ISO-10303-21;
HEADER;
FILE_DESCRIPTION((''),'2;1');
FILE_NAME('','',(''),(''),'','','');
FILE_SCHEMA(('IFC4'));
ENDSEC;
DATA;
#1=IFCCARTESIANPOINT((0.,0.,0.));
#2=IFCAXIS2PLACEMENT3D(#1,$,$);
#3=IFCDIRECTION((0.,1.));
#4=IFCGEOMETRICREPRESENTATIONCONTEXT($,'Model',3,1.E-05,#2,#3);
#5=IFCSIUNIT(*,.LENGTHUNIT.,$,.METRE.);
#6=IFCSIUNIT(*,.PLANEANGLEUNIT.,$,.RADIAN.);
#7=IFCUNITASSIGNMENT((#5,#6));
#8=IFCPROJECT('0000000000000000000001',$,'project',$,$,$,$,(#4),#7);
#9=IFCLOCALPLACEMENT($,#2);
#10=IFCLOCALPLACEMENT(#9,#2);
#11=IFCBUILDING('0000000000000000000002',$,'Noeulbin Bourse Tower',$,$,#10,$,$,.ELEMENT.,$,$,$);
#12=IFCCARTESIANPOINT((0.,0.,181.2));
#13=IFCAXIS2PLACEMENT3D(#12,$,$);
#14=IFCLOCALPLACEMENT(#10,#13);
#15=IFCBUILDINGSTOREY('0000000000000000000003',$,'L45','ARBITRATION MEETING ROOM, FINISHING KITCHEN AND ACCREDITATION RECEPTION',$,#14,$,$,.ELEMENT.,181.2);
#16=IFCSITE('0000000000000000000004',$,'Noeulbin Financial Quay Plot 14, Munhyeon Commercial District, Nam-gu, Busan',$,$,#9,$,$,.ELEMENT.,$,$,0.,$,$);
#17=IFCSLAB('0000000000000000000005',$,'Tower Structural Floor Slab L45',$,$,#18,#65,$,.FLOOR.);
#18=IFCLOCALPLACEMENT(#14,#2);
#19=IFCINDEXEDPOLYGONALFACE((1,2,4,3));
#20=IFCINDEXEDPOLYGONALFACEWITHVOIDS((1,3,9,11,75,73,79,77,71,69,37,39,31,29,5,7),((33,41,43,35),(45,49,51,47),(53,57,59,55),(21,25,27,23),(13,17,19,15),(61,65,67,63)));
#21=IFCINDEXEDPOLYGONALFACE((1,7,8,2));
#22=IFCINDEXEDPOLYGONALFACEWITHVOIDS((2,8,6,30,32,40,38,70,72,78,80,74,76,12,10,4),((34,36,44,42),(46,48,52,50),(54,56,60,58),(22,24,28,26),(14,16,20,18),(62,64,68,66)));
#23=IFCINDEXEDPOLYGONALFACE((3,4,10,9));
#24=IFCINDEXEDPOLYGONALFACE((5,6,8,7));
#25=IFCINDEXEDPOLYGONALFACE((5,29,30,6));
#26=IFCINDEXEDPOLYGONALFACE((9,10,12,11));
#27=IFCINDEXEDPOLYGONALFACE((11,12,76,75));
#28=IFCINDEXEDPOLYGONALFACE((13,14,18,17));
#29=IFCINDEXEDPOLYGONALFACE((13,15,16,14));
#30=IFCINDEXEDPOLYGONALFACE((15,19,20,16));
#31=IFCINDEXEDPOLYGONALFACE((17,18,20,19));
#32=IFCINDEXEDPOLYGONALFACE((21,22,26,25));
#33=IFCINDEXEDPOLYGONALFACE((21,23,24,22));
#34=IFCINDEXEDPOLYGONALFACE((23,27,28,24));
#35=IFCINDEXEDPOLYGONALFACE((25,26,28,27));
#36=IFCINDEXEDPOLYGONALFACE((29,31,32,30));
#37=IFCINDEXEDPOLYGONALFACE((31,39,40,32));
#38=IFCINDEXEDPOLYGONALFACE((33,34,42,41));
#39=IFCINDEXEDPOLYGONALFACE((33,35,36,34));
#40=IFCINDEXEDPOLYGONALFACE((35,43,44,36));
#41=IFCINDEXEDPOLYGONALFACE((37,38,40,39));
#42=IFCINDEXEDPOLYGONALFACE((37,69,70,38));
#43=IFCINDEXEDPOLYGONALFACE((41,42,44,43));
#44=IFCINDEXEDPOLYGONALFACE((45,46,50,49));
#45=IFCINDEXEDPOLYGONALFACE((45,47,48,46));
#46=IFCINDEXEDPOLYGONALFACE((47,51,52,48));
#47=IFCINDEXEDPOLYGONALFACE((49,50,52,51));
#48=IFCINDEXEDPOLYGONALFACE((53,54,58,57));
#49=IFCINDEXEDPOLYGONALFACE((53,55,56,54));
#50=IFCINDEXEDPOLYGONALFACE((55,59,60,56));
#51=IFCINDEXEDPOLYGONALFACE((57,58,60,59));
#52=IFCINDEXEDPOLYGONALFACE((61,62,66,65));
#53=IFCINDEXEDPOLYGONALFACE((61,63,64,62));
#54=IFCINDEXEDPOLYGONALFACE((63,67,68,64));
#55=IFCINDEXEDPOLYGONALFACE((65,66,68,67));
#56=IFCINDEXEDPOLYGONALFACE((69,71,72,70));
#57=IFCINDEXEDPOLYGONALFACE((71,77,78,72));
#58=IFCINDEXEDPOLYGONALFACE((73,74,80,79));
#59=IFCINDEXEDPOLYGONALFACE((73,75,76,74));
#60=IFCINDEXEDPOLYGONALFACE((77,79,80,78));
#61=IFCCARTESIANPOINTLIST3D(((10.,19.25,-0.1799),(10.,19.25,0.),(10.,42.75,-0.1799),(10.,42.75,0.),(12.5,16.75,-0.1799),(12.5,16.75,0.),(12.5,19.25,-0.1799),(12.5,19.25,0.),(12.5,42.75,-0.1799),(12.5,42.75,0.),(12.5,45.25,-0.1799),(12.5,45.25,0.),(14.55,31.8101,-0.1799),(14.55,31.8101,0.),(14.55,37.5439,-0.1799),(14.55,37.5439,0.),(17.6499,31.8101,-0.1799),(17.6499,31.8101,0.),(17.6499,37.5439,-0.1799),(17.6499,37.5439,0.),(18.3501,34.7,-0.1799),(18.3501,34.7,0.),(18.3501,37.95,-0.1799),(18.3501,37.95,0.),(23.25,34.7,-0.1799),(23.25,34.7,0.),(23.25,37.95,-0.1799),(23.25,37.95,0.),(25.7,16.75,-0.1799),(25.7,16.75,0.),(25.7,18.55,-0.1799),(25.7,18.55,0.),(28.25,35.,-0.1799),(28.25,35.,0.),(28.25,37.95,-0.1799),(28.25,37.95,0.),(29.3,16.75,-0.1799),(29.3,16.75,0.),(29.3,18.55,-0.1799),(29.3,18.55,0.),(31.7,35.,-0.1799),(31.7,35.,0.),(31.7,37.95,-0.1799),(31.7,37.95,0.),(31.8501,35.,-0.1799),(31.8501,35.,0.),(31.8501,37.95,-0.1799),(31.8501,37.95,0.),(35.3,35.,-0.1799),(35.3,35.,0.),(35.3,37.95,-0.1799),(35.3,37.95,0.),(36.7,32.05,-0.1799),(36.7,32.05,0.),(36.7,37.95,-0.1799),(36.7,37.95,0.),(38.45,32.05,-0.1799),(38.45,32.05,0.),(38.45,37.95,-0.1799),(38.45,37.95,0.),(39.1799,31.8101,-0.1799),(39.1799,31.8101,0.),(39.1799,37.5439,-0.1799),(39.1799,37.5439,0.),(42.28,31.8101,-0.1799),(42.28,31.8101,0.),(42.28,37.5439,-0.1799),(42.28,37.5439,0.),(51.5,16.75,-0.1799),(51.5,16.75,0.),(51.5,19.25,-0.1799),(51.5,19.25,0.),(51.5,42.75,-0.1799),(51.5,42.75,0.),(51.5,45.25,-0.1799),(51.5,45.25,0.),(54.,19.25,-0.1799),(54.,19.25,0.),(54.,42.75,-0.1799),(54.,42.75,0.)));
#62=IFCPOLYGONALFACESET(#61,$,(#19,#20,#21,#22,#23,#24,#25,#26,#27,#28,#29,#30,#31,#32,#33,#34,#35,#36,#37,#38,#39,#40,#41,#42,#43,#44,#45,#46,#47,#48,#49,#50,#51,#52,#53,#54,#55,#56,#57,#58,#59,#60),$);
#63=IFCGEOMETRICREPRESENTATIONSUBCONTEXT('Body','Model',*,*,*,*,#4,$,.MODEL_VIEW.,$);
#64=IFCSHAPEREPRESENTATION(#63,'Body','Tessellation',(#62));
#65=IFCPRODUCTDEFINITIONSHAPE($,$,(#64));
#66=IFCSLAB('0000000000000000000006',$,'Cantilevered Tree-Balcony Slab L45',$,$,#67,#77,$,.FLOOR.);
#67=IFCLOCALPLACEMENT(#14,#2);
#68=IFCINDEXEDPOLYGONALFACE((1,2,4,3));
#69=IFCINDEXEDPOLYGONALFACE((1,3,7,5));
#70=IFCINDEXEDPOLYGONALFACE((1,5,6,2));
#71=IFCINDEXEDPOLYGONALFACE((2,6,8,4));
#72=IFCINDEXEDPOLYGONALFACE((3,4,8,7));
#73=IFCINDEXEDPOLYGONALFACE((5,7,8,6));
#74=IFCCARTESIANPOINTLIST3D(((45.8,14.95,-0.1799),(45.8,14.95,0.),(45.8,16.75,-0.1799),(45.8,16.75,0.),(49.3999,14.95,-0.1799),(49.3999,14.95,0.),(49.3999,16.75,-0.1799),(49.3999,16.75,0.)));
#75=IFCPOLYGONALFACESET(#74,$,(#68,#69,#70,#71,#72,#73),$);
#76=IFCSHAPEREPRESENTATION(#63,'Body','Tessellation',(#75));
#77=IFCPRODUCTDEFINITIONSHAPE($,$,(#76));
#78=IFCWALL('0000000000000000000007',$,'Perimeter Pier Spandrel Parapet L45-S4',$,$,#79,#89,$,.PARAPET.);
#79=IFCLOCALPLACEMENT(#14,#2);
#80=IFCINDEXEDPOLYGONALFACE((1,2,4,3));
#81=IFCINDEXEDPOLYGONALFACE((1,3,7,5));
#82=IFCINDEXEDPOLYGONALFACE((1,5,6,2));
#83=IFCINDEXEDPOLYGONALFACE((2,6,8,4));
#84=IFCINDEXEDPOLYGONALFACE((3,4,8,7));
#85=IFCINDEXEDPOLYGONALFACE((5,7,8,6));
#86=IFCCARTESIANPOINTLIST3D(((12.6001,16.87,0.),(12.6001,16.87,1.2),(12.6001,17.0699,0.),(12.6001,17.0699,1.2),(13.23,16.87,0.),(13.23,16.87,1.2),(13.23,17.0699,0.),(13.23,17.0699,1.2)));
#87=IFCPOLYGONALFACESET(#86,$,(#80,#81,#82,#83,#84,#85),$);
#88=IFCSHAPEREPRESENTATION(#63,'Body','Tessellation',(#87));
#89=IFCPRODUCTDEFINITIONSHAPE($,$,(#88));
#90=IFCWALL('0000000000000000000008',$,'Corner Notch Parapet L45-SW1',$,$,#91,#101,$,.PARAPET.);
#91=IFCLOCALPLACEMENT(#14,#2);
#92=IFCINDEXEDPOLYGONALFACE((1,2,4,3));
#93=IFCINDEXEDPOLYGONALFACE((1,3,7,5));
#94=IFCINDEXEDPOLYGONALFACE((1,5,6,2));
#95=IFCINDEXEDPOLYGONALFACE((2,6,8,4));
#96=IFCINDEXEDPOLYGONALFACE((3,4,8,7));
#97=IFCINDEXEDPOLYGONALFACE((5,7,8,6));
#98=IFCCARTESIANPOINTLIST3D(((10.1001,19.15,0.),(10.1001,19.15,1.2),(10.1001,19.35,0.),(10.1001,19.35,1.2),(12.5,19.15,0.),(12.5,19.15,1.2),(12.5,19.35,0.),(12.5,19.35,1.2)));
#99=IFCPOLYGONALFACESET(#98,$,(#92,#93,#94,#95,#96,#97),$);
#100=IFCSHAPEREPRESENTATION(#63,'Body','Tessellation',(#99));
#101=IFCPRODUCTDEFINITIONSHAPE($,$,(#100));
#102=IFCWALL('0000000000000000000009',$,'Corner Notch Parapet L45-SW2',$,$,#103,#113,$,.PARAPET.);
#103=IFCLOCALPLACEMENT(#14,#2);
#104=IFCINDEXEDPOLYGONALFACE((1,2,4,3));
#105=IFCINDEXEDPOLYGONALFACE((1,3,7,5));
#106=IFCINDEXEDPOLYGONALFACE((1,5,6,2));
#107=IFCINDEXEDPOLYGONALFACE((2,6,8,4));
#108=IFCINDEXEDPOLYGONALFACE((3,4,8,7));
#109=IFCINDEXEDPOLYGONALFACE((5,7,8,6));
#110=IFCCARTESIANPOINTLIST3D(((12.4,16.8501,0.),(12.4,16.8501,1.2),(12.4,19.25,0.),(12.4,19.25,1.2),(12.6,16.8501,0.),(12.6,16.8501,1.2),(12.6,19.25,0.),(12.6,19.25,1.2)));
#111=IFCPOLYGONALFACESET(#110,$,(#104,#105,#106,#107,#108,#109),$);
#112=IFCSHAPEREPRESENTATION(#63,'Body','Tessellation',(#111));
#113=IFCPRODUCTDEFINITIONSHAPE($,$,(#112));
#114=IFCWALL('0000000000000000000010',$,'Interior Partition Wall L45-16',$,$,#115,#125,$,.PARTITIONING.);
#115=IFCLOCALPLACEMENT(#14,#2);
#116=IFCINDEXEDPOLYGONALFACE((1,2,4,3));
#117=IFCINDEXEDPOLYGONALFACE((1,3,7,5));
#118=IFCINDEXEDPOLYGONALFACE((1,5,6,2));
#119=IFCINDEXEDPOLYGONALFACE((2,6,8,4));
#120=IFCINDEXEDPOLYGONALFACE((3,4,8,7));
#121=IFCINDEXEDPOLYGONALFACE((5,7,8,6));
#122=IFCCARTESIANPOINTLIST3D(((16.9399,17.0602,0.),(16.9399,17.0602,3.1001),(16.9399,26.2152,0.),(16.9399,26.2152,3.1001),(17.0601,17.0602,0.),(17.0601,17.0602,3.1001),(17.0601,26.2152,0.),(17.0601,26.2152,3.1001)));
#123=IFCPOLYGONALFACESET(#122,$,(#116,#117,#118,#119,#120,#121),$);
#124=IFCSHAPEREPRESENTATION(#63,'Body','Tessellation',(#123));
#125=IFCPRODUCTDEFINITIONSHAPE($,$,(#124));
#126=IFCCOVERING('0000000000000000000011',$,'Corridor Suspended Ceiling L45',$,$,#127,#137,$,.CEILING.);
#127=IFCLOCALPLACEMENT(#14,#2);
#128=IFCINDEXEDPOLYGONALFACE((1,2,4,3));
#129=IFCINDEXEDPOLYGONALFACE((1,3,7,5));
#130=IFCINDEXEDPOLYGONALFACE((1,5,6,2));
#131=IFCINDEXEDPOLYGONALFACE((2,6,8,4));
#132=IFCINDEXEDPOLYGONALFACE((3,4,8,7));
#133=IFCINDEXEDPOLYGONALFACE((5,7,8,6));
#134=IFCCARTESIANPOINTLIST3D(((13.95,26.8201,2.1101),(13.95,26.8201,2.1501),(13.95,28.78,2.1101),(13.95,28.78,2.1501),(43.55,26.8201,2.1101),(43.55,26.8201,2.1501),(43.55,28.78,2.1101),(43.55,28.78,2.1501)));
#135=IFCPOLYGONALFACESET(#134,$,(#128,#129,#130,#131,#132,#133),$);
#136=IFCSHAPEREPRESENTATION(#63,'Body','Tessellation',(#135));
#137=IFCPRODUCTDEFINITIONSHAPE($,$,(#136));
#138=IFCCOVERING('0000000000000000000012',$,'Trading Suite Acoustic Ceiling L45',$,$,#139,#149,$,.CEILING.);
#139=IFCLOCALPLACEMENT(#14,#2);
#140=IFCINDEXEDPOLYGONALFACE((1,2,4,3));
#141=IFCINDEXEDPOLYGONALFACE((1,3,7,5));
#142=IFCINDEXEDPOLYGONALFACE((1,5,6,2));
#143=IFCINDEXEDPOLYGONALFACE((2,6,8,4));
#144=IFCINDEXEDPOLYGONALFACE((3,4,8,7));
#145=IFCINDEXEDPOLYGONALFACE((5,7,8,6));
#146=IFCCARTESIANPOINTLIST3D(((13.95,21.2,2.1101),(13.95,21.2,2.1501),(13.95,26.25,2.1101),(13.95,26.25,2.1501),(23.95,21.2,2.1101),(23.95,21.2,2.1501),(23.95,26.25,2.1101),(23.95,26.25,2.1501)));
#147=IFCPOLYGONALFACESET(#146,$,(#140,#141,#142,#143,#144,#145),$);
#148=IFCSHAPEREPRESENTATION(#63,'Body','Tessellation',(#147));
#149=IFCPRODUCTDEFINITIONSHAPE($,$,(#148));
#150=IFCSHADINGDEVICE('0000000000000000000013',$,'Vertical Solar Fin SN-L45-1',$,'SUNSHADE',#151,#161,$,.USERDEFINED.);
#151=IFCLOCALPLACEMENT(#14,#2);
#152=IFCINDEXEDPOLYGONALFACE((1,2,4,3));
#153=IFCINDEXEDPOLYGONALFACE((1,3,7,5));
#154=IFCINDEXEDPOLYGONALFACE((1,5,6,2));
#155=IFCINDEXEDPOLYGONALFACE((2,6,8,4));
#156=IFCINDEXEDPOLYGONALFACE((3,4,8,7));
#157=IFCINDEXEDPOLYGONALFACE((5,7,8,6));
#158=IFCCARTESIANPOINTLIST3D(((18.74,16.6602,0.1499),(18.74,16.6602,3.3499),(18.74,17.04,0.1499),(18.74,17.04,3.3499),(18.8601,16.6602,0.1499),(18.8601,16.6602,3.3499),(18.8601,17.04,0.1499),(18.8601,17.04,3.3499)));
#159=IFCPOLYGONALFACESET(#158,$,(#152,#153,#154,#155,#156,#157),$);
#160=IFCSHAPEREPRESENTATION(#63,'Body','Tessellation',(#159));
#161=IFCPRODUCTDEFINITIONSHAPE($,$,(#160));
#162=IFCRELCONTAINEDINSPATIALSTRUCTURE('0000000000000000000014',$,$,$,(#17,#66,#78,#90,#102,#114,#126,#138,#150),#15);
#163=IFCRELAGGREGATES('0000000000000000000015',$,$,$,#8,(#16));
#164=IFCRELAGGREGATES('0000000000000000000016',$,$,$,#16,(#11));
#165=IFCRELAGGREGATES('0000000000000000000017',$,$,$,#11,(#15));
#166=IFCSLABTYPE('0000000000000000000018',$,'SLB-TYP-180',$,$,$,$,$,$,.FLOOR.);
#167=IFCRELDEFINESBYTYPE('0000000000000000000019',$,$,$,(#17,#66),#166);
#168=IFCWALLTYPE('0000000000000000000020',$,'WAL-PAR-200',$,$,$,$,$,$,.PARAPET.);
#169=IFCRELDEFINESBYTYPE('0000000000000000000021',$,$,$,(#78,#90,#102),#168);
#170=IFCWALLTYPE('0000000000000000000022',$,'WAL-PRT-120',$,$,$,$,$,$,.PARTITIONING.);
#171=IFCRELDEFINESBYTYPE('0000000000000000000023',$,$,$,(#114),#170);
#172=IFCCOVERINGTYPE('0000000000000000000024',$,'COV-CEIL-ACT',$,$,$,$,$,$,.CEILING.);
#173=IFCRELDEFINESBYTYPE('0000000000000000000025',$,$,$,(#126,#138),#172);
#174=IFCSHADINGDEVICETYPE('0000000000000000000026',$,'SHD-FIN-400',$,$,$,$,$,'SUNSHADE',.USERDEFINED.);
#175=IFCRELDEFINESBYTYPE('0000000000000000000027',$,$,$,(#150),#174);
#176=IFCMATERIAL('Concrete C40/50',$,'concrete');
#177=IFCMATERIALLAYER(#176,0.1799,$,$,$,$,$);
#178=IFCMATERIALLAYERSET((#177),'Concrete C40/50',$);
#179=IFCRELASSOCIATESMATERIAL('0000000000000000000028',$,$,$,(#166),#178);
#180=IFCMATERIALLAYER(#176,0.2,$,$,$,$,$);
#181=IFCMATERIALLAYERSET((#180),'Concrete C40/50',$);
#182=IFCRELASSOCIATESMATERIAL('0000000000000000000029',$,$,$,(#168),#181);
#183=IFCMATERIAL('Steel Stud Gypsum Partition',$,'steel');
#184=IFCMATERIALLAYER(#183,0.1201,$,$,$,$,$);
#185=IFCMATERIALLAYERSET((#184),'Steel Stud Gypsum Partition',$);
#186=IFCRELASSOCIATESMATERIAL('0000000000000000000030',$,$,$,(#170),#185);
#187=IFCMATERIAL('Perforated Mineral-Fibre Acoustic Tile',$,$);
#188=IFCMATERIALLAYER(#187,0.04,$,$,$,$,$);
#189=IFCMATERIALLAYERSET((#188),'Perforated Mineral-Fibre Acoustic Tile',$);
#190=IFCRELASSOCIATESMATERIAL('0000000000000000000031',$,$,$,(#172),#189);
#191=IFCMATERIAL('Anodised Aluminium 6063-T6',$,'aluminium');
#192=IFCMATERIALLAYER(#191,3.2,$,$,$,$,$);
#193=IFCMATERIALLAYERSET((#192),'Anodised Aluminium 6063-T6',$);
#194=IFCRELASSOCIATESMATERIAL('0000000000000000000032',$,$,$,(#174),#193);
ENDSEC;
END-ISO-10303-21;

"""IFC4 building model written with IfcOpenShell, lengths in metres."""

from ifc_helpers import new_model, si_unit, direction, frame, frame_2d, origin, origin_2d, place, context, subcontext, project, spatial, polyline, rectangle, outline, extrude, material, layer, layer_set, type_object, element, save


model = new_model("IFC4")

# Units and contexts
model_context = context("Model", 3, precision=1e-05, world=origin(), true_north=direction((0.0, 1.0)))
body_context = subcontext(model_context, "Body", "Model", "MODEL_VIEW")
ifc_project = project(units=[si_unit("LENGTHUNIT", "METRE"), si_unit("PLANEANGLEUNIT", "RADIAN")], contexts=[model_context])

# Site, building, storey
site_placement = place(None, origin())
site = spatial("IfcSite", under=ifc_project, at=site_placement, Name="Noeulbin Financial Quay Plot 14, Munhyeon Commercial District, Nam-gu, Busan", CompositionType="ELEMENT", RefElevation=0.0)
building_placement = place(site_placement, origin())
building = spatial("IfcBuilding", under=site, at=building_placement, Name="Noeulbin Bourse Tower", CompositionType="ELEMENT")
storey_placement = place(building_placement, frame((0.0, 0.0, 181.2)))
storey = spatial("IfcBuildingStorey", under=building, at=storey_placement, Name="L45", Description="ARBITRATION MEETING ROOM, FINISHING KITCHEN AND ACCREDITATION RECEPTION", CompositionType="ELEMENT", Elevation=181.2)

# Shared definitions
ifc_material_1 = material(Name="Anodised Aluminium 6063-T6", Category="aluminium")

# Shared definitions
ifc_material_2 = material(Name="Concrete C40/50", Category="concrete")

# Slab, openings
ifc_layer_1 = layer(ifc_material_2, 0.1799)
ifc_layer_set_1 = layer_set([ifc_layer_1], Name="Concrete C40/50")
slab_type_1 = type_object("IfcSlabType", Name="SLB-TYP-180", PredefinedType="FLOOR", material=ifc_layer_set_1)
slab_1_placement = place(storey_placement, frame((0.0, 0.0, -0.1799)))
slab_1 = element("IfcSlab", 1, at=slab_1_placement, inside=storey, type_object=slab_type_1, Name="Tower Structural Floor Slab L45", PredefinedType="FLOOR", context=body_context, shape_type="SweptSolid", body=[
    extrude(outline(polyline([(12.5, 16.75), (25.7, 16.75), (25.7, 18.55), (29.3, 18.55), (29.3, 16.75), (51.5, 16.75), (51.5, 19.25), (54.0, 19.25), (54.0, 42.75), (51.5, 42.75), (51.5, 45.25), (12.5, 45.25), (12.5, 42.75), (10.0, 42.75), (10.0, 19.25), (12.5, 19.25), (12.5, 16.75)]), holes=[polyline([(17.6499, 31.8101), (17.6499, 37.5439), (14.55, 37.5439), (14.55, 31.8101), (17.6499, 31.8101)]), polyline([(42.28, 31.8101), (42.28, 37.5439), (39.1799, 37.5439), (39.1799, 31.8101), (42.28, 31.8101)]), polyline([(18.3501, 34.7), (23.25, 34.7), (23.25, 37.95), (18.3501, 37.95), (18.3501, 34.7)]), polyline([(36.7, 32.05), (38.45, 32.05), (38.45, 37.95), (36.7, 37.95), (36.7, 32.05)]), polyline([(28.25, 35.0), (31.7, 35.0), (31.7, 37.95), (28.25, 37.95), (28.25, 35.0)]), polyline([(31.8501, 35.0), (35.3, 35.0), (35.3, 37.95), (31.8501, 37.95), (31.8501, 35.0)])]), origin(), (0.0, 0.0, 1.0), 0.1799),
])
opening_1_placement = place(slab_1_placement, frame((0.0, 0.0, -0.01)))
element("IfcOpeningElement", 2, at=opening_1_placement, cuts=slab_1, PredefinedType="OPENING", context=body_context, shape_type="SweptSolid", body=[
    extrude(outline(polyline([(17.6499, 31.8101), (17.6499, 37.5439), (14.55, 37.5439), (14.55, 31.8101), (17.6499, 31.8101)])), origin(), (0.0, 0.0, 1.0), 0.2),
])
opening_2_placement = place(slab_1_placement, frame((0.0, 0.0, -0.01)))
element("IfcOpeningElement", 3, at=opening_2_placement, cuts=slab_1, PredefinedType="OPENING", context=body_context, shape_type="SweptSolid", body=[
    extrude(outline(polyline([(42.28, 31.8101), (42.28, 37.5439), (39.1799, 37.5439), (39.1799, 31.8101), (42.28, 31.8101)])), origin(), (0.0, 0.0, 1.0), 0.2),
])
opening_3_placement = place(slab_1_placement, frame((0.0, 0.0, -0.01)))
element("IfcOpeningElement", 4, at=opening_3_placement, cuts=slab_1, PredefinedType="OPENING", context=body_context, shape_type="SweptSolid", body=[
    extrude(outline(polyline([(18.3501, 34.7), (23.25, 34.7), (23.25, 37.95), (18.3501, 37.95), (18.3501, 34.7)])), origin(), (0.0, 0.0, 1.0), 0.2),
])
opening_4_placement = place(slab_1_placement, frame((0.0, 0.0, -0.01)))
element("IfcOpeningElement", 5, at=opening_4_placement, cuts=slab_1, PredefinedType="OPENING", context=body_context, shape_type="SweptSolid", body=[
    extrude(outline(polyline([(36.7, 32.05), (38.45, 32.05), (38.45, 37.95), (36.7, 37.95), (36.7, 32.05)])), origin(), (0.0, 0.0, 1.0), 0.2),
])
opening_5_placement = place(slab_1_placement, frame((0.0, 0.0, -0.01)))
element("IfcOpeningElement", 6, at=opening_5_placement, cuts=slab_1, PredefinedType="OPENING", context=body_context, shape_type="SweptSolid", body=[
    extrude(outline(polyline([(28.25, 35.0), (31.7, 35.0), (31.7, 37.95), (28.25, 37.95), (28.25, 35.0)])), origin(), (0.0, 0.0, 1.0), 0.2),
])
opening_6_placement = place(slab_1_placement, frame((0.0, 0.0, -0.01)))
element("IfcOpeningElement", 7, at=opening_6_placement, cuts=slab_1, PredefinedType="OPENING", context=body_context, shape_type="SweptSolid", body=[
    extrude(outline(polyline([(31.8501, 35.0), (35.3, 35.0), (35.3, 37.95), (31.8501, 37.95), (31.8501, 35.0)])), origin(), (0.0, 0.0, 1.0), 0.2),
])

# Slab
slab_2_placement = place(storey_placement, frame((0.0, 0.0, -0.1799)))
element("IfcSlab", 8, at=slab_2_placement, inside=storey, type_object=slab_type_1, Name="Cantilevered Tree-Balcony Slab L45", PredefinedType="FLOOR", context=body_context, shape_type="SweptSolid", body=[
    extrude(outline(polyline([(45.8, 14.95), (49.3999, 14.95), (49.3999, 16.75), (45.8, 16.75), (45.8, 14.95)])), origin(), (0.0, 0.0, 1.0), 0.1799),
])

# Walls
ifc_layer_2 = layer(ifc_material_2, 0.2)
ifc_layer_set_2 = layer_set([ifc_layer_2], Name="Concrete C40/50")
wall_type_1 = type_object("IfcWallType", Name="WAL-PAR-200", PredefinedType="PARAPET", material=ifc_layer_set_2)
wall_1_placement = place(storey_placement, frame((12.6001, 16.97, 0.0), z_axis=(0.0, 0.0, 1.0), x_axis=(1.0, 0.0, 0.0)))
element("IfcWall", 9, at=wall_1_placement, inside=storey, type_object=wall_type_1, Name="Perimeter Pier Spandrel Parapet L45-S4", PredefinedType="PARAPET", context=body_context, shape_type="SweptSolid", body=[
    extrude(rectangle(XDim=0.6299, YDim=0.2, at=frame_2d((0.3149, 0.0))), origin(), (0.0, 0.0, 1.0), 1.2),
])
for number, where, z_axis, x_axis, name in (
    (10, (10.1001, 19.25, 0.0), (0.0, 0.0, 1.0), (1.0, 0.0, 0.0), "Corner Notch Parapet L45-SW1"),
    (11, (12.5, 19.25, 0.0), (0.0, 0.0, 1.0), (0.0, -1.0, 0.0), "Corner Notch Parapet L45-SW2"),
):
    element("IfcWall", number, at=place(storey_placement, frame(where, z_axis=z_axis, x_axis=x_axis)), inside=storey, type_object=wall_type_1, Name=name, PredefinedType="PARAPET", context=body_context, shape_type="SweptSolid", body=[
        extrude(rectangle(XDim=2.3999, YDim=0.2, at=frame_2d((1.2, 0.0))), origin(), (0.0, 0.0, 1.0), 1.2),
    ])
ifc_material_3 = material(Name="Steel Stud Gypsum Partition", Category="steel")
ifc_layer_3 = layer(ifc_material_3, 0.1201)
ifc_layer_set_3 = layer_set([ifc_layer_3], Name="Steel Stud Gypsum Partition")
wall_type_2 = type_object("IfcWallType", Name="WAL-PRT-120", PredefinedType="PARTITIONING", material=ifc_layer_set_3)
wall_2_placement = place(storey_placement, frame((17.0, 17.0601, 0.0), z_axis=(0.0, 0.0, 1.0), x_axis=(0.0, 1.0, 0.0)))
element("IfcWall", 12, at=wall_2_placement, inside=storey, type_object=wall_type_2, Name="Interior Partition Wall L45-16", PredefinedType="PARTITIONING", context=body_context, shape_type="SweptSolid", body=[
    extrude(rectangle(XDim=9.155, YDim=0.1201, at=frame_2d((4.5776, 0.0))), origin(), (0.0, 0.0, 1.0), 3.1001),
])

# Coverings
ifc_material_4 = material(Name="Perforated Mineral-Fibre Acoustic Tile")
ifc_layer_4 = layer(ifc_material_4, 0.04)
ifc_layer_set_4 = layer_set([ifc_layer_4], Name="Perforated Mineral-Fibre Acoustic Tile")
covering_type = type_object("IfcCoveringType", Name="COV-CEIL-ACT", PredefinedType="CEILING", material=ifc_layer_set_4)
covering_1_placement = place(storey_placement, frame((0.0, 0.0, 2.1101)))
element("IfcCovering", 13, at=covering_1_placement, inside=storey, type_object=covering_type, Name="Corridor Suspended Ceiling L45", PredefinedType="CEILING", context=body_context, shape_type="SweptSolid", body=[
    extrude(outline(polyline([(13.95, 26.8201), (43.55, 26.8201), (43.55, 28.78), (13.95, 28.78), (13.95, 26.8201)])), origin(), (0.0, 0.0, 1.0), 0.04),
])
covering_2_placement = place(storey_placement, frame((0.0, 0.0, 2.1101)))
element("IfcCovering", 14, at=covering_2_placement, inside=storey, type_object=covering_type, Name="Trading Suite Acoustic Ceiling L45", PredefinedType="CEILING", context=body_context, shape_type="SweptSolid", body=[
    extrude(outline(polyline([(13.95, 21.2), (23.95, 21.2), (23.95, 26.25), (13.95, 26.25), (13.95, 21.2)])), origin(), (0.0, 0.0, 1.0), 0.04),
])

# Shading device
ifc_layer_5 = layer(ifc_material_1, 3.2)
ifc_layer_set_5 = layer_set([ifc_layer_5], Name="Anodised Aluminium 6063-T6")
shading_device_type = type_object("IfcShadingDeviceType", Name="SHD-FIN-400", ElementType="SUNSHADE", PredefinedType="USERDEFINED", material=ifc_layer_set_5)
shading_device_placement = place(storey_placement, frame((18.8, 16.8501, 0.1499), z_axis=(0.0, 0.0, 1.0), x_axis=(1.0, 0.0, 0.0)))
element("IfcShadingDevice", 15, at=shading_device_placement, inside=storey, type_object=shading_device_type, Name="Vertical Solar Fin SN-L45-1", ObjectType="SUNSHADE", PredefinedType="USERDEFINED", context=body_context, shape_type="SweptSolid", body=[
    extrude(rectangle(XDim=0.1201, YDim=0.3799, at=origin_2d()), origin(), (0.0, 0.0, 1.0), 3.2),
])

save(model, "model.ifc")
